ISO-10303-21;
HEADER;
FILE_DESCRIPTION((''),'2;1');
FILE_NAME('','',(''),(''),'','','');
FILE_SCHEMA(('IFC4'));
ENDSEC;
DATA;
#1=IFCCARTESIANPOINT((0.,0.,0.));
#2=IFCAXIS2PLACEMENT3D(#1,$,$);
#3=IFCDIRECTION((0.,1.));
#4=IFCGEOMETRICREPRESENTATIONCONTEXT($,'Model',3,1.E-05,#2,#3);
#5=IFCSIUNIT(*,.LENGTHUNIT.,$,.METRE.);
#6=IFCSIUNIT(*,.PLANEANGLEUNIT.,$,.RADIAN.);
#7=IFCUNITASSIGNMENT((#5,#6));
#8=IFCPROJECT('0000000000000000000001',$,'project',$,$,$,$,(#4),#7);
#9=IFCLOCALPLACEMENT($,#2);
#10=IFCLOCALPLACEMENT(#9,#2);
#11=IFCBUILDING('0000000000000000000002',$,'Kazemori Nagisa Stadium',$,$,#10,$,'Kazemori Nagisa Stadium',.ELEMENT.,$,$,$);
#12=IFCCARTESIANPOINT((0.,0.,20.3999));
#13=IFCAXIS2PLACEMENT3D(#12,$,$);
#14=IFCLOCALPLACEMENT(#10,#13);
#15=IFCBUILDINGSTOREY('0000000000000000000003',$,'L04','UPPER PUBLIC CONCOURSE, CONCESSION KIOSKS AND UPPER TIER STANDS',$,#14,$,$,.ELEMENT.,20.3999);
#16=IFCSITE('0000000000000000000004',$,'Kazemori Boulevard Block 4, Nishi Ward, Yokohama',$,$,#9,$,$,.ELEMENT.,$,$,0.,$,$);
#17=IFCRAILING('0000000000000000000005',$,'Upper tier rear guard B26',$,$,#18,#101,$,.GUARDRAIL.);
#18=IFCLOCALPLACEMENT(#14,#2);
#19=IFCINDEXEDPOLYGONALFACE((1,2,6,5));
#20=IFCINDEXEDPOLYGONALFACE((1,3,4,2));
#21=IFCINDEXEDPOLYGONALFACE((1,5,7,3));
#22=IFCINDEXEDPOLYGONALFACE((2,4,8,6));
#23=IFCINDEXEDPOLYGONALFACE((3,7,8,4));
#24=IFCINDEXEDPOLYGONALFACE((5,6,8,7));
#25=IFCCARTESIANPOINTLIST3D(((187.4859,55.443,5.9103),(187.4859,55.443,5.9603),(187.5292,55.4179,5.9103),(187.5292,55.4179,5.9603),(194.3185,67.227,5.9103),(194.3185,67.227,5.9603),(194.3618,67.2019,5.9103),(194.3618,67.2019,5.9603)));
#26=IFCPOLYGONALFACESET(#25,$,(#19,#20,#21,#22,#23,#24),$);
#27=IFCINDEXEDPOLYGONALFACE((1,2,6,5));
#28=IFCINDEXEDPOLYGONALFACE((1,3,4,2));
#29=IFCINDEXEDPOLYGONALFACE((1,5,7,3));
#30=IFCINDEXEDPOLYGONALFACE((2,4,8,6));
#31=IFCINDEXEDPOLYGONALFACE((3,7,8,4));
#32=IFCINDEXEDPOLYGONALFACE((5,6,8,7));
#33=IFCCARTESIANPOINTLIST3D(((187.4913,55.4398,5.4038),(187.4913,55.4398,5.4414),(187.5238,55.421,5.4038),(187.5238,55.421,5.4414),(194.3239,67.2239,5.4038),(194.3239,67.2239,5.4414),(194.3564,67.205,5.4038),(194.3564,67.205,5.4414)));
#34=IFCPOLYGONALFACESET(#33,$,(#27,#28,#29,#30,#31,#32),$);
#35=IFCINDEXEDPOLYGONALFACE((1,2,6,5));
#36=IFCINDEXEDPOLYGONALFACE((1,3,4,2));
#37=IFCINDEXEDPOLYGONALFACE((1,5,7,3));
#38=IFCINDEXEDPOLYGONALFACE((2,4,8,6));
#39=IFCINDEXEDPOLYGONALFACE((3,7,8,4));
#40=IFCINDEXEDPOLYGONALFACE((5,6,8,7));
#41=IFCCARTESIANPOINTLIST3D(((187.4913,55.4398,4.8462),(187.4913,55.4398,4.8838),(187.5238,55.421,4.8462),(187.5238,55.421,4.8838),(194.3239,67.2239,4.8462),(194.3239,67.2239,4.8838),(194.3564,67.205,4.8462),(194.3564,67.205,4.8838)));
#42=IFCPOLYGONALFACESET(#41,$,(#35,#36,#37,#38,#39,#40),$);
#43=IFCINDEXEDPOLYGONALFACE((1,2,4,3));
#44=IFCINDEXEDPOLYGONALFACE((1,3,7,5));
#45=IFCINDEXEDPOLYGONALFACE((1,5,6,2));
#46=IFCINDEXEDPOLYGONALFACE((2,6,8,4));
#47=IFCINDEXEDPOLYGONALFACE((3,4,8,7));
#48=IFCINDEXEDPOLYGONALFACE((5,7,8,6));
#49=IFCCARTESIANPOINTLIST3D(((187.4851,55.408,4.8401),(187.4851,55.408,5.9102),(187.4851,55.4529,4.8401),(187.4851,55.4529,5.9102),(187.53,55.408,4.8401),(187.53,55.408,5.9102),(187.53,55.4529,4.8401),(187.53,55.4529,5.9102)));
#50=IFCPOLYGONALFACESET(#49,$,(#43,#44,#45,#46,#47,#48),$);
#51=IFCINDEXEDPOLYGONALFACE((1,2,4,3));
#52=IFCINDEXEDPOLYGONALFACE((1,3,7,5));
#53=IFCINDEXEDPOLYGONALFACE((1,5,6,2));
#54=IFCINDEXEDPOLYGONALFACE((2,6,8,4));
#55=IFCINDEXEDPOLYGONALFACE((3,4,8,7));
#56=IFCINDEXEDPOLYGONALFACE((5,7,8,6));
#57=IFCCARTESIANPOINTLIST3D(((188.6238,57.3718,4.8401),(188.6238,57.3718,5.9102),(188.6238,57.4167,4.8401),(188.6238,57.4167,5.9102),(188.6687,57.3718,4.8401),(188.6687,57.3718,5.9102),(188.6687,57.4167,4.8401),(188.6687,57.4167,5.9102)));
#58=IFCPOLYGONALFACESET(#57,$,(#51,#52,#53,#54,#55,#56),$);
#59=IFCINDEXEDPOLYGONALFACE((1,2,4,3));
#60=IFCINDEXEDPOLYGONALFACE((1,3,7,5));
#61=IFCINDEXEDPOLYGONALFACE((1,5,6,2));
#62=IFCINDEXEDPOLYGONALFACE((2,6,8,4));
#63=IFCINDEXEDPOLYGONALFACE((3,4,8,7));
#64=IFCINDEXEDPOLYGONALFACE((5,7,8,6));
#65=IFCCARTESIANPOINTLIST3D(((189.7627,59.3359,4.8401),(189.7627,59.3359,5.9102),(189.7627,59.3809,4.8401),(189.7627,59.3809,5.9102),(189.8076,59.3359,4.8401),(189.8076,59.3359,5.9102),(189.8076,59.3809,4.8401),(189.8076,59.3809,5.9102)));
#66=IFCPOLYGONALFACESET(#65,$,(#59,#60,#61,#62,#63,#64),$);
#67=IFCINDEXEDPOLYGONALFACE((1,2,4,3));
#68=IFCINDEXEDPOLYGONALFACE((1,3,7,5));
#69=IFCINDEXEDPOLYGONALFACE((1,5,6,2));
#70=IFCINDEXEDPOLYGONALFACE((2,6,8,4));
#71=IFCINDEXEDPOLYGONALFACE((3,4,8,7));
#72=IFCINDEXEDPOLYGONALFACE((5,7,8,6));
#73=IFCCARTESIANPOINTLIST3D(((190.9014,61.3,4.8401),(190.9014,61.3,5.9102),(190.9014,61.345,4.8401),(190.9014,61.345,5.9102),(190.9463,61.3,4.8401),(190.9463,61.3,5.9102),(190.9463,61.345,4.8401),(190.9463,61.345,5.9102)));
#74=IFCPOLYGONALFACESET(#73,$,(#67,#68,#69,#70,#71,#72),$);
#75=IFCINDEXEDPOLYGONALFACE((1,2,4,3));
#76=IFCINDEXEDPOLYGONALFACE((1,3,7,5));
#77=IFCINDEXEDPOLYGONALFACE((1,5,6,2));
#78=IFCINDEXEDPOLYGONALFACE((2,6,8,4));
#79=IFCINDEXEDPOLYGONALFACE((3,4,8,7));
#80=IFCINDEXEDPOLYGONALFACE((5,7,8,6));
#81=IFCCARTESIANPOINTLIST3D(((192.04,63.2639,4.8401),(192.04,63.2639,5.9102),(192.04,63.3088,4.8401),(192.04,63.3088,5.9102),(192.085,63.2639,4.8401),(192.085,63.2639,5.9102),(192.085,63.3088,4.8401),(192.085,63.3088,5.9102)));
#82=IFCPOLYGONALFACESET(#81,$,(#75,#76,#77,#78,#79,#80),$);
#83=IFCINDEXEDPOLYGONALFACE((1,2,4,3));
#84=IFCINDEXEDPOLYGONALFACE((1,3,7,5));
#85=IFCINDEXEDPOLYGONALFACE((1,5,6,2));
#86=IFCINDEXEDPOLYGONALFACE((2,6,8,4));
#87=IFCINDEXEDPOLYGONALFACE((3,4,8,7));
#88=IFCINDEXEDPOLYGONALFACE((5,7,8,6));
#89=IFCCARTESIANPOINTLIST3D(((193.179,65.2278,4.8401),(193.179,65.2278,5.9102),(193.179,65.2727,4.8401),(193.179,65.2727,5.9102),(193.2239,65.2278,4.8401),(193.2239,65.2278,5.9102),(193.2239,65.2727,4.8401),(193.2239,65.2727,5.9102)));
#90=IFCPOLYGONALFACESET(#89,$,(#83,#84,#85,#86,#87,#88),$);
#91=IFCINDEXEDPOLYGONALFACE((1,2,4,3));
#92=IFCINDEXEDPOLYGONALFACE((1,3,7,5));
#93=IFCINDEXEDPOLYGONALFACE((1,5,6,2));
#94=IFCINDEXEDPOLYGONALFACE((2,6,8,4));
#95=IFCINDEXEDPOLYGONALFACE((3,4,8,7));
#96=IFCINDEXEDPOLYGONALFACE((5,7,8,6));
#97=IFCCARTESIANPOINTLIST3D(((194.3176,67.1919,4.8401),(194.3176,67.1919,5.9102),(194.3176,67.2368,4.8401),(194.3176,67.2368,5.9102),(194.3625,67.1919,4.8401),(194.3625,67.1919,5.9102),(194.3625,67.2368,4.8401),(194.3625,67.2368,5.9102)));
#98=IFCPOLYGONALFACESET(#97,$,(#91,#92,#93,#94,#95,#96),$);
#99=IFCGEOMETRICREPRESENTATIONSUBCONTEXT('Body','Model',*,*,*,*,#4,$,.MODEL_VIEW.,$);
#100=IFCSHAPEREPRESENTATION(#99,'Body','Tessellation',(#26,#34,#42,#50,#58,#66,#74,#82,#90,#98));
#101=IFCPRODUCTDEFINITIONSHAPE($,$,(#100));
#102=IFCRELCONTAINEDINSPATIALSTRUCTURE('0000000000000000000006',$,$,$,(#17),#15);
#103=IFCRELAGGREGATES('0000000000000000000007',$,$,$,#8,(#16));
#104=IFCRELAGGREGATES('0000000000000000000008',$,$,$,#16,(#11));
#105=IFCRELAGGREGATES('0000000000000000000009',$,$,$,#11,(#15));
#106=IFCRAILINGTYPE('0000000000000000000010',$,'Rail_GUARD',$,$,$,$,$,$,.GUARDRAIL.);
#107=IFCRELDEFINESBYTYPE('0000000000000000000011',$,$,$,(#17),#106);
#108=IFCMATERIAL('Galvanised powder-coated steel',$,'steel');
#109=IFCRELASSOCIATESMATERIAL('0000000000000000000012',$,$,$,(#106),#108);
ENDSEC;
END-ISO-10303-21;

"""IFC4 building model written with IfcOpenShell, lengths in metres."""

from ifc_helpers import new_model, si_unit, direction, frame, origin, origin_2d, place, context, subcontext, project, spatial, rectangle, extrude, material, type_object, element, save


model = new_model("IFC4")

# Units and contexts
model_context = context("Model", 3, precision=1e-05, world=origin(), true_north=direction((0.0, 1.0)))
body_context = subcontext(model_context, "Body", "Model", "MODEL_VIEW")
ifc_project = project(units=[si_unit("LENGTHUNIT", "METRE"), si_unit("PLANEANGLEUNIT", "RADIAN")], contexts=[model_context])

# Site, building, storey
site_placement = place(None, origin())
site = spatial("IfcSite", under=ifc_project, at=site_placement, Name="Kazemori Boulevard Block 4, Nishi Ward, Yokohama", CompositionType="ELEMENT", RefElevation=0.0)
building_placement = place(site_placement, origin())
building = spatial("IfcBuilding", under=site, at=building_placement, Name="Kazemori Nagisa Stadium", LongName="Kazemori Nagisa Stadium", CompositionType="ELEMENT")
storey_placement = place(building_placement, frame((0.0, 0.0, 20.3999)))
storey = spatial("IfcBuildingStorey", under=building, at=storey_placement, Name="L04", Description="UPPER PUBLIC CONCOURSE, CONCESSION KIOSKS AND UPPER TIER STANDS", CompositionType="ELEMENT", Elevation=20.3999)

# Railing
ifc_material_1 = material(Name="Galvanised powder-coated steel", Category="steel")
railing_type_1 = type_object("IfcRailingType", Name="Rail_GUARD", PredefinedType="GUARDRAIL", material=ifc_material_1)
railing_1_placement = place(storey_placement, frame((187.5076, 55.4304, 4.8401)))
element("IfcRailing", 1, at=railing_1_placement, inside=storey, type_object=railing_type_1, Name="Upper tier rear guard B26", PredefinedType="GUARDRAIL", context=body_context, shape_type="SweptSolid", body=[
    extrude(rectangle(XDim=0.05, YDim=0.05, at=origin_2d()), frame((0.0, 0.0, 1.0952), z_axis=(0.501599, 0.8651, 0.0), x_axis=(-0.8651, 0.501599, 0.0)), (0.0, 0.0, 1.0), 13.6216),
    extrude(rectangle(XDim=0.0376, YDim=0.0376, at=origin_2d()), frame((0.0, 0.0, 0.5825), z_axis=(0.501599, 0.8651, 0.0), x_axis=(-0.8651, 0.501599, 0.0)), (0.0, 0.0, 1.0), 13.6216),
    extrude(rectangle(XDim=0.0376, YDim=0.0376, at=origin_2d()), frame((0.0, 0.0, 0.0249), z_axis=(0.501599, 0.8651, 0.0), x_axis=(-0.8651, 0.501599, 0.0)), (0.0, 0.0, 1.0), 13.6216),
    extrude(rectangle(XDim=0.0449, YDim=0.0449, at=origin_2d()), origin(), (0.0, 0.0, 1.0), 1.0701),
    extrude(rectangle(XDim=0.0449, YDim=0.0449, at=origin_2d()), frame((1.1387, 1.9639, 0.0)), (0.0, 0.0, 1.0), 1.0701),
    extrude(rectangle(XDim=0.0449, YDim=0.0449, at=origin_2d()), frame((2.2776, 3.928, 0.0)), (0.0, 0.0, 1.0), 1.0701),
    extrude(rectangle(XDim=0.0449, YDim=0.0449, at=origin_2d()), frame((3.4163, 5.8921, 0.0)), (0.0, 0.0, 1.0), 1.0701),
    extrude(rectangle(XDim=0.0449, YDim=0.0449, at=origin_2d()), frame((4.5549, 7.856, 0.0)), (0.0, 0.0, 1.0), 1.0701),
    extrude(rectangle(XDim=0.0449, YDim=0.0449, at=origin_2d()), frame((5.6938, 9.8198, 0.0)), (0.0, 0.0, 1.0), 1.0701),
    extrude(rectangle(XDim=0.0449, YDim=0.0449, at=origin_2d()), frame((6.8325, 11.7839, 0.0)), (0.0, 0.0, 1.0), 1.0701),
])

save(model, "model.ifc")
